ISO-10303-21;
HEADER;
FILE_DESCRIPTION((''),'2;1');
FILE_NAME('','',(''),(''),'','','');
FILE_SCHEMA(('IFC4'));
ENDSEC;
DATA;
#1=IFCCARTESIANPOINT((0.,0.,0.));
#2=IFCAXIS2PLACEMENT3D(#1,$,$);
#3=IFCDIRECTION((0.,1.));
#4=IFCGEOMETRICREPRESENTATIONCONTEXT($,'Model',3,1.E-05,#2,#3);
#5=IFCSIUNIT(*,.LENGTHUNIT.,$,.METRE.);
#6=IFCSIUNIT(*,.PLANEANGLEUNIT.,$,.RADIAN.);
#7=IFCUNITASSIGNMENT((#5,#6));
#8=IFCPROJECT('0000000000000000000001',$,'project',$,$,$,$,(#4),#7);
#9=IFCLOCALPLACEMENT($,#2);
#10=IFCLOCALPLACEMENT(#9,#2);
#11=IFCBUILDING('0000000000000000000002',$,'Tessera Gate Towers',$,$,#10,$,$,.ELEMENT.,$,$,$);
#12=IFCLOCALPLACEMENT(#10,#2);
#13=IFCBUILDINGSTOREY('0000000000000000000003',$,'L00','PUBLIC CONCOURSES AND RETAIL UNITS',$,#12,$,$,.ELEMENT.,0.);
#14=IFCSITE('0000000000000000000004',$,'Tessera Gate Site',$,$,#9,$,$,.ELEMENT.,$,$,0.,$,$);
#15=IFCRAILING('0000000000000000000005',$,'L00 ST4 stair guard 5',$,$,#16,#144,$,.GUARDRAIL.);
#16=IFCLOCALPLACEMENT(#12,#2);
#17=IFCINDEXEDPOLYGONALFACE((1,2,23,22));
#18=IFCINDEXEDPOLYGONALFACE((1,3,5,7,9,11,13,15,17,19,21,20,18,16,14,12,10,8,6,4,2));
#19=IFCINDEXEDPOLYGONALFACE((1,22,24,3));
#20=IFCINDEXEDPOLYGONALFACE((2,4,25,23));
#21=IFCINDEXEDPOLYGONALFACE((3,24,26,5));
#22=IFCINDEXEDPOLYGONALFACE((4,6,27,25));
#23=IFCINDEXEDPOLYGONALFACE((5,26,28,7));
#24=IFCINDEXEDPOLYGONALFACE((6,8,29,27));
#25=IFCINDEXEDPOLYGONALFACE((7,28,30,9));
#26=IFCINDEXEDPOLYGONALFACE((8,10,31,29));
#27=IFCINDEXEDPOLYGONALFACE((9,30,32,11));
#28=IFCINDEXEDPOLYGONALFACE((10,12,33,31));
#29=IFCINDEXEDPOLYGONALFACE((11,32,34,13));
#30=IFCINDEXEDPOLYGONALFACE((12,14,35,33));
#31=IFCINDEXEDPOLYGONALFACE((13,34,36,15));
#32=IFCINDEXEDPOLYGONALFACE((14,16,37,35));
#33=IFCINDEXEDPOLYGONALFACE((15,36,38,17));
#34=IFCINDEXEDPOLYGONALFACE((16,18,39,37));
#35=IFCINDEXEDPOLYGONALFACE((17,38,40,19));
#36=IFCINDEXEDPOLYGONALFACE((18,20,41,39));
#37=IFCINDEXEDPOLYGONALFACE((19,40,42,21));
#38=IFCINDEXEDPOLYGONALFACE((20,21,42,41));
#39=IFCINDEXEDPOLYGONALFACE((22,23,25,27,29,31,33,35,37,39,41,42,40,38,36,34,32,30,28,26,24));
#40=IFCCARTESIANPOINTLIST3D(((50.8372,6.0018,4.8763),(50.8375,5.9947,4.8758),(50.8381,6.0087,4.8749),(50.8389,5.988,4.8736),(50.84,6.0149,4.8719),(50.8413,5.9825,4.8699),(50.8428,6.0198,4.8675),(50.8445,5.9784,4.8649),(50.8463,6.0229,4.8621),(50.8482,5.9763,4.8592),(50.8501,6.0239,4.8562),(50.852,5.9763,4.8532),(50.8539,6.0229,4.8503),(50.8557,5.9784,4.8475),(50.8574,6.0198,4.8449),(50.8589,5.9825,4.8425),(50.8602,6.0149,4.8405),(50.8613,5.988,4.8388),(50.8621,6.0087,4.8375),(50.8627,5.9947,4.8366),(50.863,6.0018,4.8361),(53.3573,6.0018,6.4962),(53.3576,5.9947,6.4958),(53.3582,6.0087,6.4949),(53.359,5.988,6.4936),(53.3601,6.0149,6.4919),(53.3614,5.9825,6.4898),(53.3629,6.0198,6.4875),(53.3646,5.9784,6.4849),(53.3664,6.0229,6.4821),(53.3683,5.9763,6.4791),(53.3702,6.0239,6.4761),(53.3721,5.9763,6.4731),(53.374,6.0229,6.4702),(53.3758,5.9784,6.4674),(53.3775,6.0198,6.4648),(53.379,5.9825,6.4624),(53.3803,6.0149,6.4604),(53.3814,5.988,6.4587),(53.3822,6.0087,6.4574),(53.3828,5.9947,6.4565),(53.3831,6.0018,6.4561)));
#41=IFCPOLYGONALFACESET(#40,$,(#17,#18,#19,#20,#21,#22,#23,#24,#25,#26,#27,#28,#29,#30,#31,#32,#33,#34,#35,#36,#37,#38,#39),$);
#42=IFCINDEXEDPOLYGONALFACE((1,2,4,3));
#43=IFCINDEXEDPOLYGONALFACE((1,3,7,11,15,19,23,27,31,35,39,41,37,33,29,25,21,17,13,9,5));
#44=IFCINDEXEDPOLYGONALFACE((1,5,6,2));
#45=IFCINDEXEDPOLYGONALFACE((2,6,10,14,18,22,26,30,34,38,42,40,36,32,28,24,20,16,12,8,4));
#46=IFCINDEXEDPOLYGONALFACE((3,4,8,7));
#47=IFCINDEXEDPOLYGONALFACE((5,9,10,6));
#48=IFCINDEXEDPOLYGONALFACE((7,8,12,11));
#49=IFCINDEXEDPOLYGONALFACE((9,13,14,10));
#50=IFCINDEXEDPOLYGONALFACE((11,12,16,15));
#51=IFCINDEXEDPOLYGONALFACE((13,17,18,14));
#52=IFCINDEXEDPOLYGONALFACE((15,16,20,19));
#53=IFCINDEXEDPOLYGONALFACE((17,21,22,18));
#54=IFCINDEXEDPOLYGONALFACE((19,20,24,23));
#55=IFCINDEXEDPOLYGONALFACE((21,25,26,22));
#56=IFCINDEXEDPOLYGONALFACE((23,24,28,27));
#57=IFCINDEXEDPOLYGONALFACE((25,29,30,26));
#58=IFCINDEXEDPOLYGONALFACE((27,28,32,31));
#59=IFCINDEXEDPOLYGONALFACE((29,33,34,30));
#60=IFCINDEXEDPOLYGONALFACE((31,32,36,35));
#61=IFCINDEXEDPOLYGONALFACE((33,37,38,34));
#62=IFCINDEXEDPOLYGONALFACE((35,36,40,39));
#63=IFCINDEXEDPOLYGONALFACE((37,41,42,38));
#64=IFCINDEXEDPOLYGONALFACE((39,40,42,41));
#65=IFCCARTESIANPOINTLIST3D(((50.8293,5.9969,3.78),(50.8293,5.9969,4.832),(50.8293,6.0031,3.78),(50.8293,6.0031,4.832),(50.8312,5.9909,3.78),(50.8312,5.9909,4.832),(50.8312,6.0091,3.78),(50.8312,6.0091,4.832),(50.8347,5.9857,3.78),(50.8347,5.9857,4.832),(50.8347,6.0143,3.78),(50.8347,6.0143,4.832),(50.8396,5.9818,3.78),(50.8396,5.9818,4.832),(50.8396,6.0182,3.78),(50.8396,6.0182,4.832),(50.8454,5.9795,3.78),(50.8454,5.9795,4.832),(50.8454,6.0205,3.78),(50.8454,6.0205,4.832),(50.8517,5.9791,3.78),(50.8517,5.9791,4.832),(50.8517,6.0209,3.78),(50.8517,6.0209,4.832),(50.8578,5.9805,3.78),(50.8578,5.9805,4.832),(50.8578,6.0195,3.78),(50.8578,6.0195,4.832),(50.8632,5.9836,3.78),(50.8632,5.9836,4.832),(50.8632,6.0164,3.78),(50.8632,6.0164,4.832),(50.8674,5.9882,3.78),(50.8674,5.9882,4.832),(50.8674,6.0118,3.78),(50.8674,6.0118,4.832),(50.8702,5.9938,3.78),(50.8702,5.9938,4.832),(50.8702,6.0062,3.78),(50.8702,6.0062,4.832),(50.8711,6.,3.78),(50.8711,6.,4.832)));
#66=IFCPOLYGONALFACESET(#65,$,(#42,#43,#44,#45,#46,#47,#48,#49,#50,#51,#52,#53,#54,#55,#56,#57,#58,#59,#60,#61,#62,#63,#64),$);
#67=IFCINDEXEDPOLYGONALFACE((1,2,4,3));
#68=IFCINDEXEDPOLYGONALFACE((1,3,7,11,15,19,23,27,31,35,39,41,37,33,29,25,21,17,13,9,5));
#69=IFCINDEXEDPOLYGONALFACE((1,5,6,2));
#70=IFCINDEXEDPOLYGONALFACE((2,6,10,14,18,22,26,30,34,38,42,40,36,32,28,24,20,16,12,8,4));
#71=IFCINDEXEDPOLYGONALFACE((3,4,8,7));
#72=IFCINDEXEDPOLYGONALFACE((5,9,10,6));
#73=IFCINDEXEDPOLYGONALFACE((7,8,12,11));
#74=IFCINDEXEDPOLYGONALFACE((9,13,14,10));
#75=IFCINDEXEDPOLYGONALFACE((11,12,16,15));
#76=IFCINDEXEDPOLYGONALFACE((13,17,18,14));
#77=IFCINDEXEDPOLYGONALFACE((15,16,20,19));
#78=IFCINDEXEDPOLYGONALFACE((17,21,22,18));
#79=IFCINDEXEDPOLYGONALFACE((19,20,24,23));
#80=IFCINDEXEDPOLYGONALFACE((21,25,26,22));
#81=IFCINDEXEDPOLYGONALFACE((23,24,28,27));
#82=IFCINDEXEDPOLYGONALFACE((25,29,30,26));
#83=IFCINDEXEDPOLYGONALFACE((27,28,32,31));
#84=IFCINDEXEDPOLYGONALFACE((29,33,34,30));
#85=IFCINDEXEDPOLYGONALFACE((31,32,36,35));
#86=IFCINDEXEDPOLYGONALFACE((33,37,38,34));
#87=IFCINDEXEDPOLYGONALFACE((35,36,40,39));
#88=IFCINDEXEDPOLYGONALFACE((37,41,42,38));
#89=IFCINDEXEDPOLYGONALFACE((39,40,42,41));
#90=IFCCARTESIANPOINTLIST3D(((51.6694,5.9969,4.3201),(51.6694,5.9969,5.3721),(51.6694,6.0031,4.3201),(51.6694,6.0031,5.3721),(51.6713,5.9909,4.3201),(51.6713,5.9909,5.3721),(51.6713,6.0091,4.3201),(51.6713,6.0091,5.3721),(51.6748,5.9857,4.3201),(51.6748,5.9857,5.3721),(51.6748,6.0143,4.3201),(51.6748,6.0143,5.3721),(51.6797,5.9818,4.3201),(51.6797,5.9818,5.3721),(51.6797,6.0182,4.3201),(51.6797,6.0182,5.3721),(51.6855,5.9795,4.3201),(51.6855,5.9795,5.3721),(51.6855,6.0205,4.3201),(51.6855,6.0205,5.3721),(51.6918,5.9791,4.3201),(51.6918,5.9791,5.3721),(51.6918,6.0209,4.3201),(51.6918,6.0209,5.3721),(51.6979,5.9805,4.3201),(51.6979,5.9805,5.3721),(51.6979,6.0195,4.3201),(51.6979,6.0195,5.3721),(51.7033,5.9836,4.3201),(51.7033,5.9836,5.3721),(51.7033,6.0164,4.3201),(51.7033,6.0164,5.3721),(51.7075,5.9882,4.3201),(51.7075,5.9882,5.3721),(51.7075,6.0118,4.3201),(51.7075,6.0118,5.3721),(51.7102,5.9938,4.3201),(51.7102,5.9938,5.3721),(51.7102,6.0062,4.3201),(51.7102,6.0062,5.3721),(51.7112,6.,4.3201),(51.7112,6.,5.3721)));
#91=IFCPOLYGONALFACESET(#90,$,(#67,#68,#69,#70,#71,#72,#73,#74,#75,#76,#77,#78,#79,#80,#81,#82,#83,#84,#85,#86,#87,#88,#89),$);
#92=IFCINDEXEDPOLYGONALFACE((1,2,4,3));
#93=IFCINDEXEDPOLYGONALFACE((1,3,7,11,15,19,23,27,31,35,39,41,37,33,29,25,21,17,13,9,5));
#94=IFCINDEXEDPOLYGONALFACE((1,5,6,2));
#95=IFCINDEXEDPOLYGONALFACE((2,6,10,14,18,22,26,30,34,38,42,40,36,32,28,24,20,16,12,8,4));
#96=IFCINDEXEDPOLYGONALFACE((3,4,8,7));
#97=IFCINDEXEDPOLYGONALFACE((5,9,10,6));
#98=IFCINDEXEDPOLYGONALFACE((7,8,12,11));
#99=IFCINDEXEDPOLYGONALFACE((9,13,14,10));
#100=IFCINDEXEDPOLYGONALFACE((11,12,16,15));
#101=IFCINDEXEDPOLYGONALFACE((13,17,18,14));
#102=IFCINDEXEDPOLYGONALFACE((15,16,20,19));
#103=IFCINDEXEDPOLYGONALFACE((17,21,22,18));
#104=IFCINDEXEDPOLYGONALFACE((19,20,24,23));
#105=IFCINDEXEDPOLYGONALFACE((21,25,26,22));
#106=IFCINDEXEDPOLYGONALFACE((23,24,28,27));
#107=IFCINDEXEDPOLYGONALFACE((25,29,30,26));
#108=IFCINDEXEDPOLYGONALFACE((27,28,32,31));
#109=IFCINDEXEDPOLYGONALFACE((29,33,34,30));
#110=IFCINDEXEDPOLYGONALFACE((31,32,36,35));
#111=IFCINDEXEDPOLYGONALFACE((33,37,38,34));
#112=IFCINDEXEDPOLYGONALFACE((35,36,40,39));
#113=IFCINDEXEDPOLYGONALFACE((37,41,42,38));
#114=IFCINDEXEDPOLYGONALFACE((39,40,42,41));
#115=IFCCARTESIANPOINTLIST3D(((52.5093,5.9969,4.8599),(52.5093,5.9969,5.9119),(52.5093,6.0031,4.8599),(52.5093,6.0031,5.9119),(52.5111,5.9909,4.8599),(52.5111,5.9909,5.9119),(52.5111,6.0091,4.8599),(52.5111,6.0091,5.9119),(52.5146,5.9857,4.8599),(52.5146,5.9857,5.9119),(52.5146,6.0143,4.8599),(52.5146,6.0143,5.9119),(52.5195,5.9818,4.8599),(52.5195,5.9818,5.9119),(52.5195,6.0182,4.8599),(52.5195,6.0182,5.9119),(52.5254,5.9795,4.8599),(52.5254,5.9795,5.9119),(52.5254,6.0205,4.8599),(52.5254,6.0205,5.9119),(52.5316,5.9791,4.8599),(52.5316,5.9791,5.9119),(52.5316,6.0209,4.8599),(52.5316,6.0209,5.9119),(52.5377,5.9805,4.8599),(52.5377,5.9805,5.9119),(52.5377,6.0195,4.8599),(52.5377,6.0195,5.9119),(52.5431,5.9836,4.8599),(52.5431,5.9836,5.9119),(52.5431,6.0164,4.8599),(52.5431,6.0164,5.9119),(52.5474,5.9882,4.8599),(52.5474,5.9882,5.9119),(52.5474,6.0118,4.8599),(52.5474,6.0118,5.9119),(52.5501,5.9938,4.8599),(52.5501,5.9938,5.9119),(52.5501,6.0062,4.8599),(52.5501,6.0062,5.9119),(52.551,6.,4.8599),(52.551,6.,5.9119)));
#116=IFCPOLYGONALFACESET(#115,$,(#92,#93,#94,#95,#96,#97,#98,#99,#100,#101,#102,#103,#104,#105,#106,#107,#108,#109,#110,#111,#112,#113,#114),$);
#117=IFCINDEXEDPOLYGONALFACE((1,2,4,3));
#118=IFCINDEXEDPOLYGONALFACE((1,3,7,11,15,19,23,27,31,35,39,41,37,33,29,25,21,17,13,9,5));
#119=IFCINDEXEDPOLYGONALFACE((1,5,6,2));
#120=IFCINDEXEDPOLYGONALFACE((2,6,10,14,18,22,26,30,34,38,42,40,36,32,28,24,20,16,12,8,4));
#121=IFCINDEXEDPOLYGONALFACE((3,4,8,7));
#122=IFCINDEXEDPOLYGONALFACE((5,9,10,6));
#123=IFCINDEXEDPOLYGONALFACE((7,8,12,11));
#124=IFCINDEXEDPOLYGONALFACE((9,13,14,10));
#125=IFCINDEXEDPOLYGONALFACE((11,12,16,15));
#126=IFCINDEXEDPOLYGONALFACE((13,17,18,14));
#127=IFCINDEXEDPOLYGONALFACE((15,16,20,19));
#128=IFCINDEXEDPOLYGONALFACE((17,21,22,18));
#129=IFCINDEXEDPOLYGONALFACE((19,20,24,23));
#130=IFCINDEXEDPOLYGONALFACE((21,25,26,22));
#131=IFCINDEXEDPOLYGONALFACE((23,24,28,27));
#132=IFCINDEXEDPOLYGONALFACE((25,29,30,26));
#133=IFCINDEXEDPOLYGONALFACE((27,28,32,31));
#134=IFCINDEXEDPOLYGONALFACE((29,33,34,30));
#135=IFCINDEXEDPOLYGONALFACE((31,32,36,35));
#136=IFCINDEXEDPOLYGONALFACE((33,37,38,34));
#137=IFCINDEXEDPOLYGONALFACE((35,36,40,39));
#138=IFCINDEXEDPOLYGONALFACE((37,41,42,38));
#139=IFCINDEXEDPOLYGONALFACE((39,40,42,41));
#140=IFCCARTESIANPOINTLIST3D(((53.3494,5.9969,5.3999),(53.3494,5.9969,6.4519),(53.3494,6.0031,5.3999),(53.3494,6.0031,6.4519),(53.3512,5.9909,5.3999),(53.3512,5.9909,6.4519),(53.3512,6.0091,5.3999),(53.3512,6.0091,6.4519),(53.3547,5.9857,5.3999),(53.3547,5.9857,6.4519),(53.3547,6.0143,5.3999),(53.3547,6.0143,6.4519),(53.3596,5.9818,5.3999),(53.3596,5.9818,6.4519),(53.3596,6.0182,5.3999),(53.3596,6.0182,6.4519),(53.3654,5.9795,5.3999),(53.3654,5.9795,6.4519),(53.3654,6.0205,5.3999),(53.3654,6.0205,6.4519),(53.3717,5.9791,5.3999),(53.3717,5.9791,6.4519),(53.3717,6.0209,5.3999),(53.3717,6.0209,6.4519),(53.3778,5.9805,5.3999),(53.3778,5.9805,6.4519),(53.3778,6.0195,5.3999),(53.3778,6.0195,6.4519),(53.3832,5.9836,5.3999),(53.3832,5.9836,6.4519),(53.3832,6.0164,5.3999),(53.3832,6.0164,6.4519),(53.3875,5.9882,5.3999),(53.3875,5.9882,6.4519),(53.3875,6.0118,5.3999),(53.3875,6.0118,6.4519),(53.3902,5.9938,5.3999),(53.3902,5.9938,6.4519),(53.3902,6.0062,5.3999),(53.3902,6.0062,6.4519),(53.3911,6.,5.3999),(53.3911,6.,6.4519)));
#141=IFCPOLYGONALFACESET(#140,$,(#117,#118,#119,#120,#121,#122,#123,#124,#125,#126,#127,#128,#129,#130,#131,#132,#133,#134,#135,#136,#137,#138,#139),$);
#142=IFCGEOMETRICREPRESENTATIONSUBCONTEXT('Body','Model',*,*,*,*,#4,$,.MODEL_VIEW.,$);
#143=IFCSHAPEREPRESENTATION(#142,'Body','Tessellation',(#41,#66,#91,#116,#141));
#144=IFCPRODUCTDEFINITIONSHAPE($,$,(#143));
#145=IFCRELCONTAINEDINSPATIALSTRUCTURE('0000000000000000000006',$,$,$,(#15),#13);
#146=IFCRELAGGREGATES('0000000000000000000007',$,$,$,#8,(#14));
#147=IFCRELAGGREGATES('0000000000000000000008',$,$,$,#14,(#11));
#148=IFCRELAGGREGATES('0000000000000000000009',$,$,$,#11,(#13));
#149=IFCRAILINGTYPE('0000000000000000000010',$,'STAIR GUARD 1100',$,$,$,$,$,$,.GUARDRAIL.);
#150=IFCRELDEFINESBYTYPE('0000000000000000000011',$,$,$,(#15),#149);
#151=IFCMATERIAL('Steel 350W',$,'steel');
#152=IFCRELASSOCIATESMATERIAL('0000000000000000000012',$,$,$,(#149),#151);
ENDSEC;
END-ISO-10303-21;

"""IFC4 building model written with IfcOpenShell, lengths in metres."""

from ifc_helpers import new_model, si_unit, direction, frame, origin, origin_2d, place, context, subcontext, project, spatial, circle, extrude, material, type_object, element, save


model = new_model("IFC4")

# Units and contexts
model_context = context("Model", 3, precision=1e-05, world=origin(), true_north=direction((0.0, 1.0)))
body_context = subcontext(model_context, "Body", "Model", "MODEL_VIEW")
ifc_project = project(units=[si_unit("LENGTHUNIT", "METRE"), si_unit("PLANEANGLEUNIT", "RADIAN")], contexts=[model_context])

# Site, building, storey
site_placement = place(None, origin())
site = spatial("IfcSite", under=ifc_project, at=site_placement, Name="Tessera Gate Site", CompositionType="ELEMENT", RefElevation=0.0)
building_placement = place(site_placement, origin())
building = spatial("IfcBuilding", under=site, at=building_placement, Name="Tessera Gate Towers", CompositionType="ELEMENT")
storey_placement = place(building_placement, origin())
storey = spatial("IfcBuildingStorey", under=building, at=storey_placement, Name="L00", Description="PUBLIC CONCOURSES AND RETAIL UNITS", CompositionType="ELEMENT", Elevation=0.0)

# Railing
ifc_material_1 = material(Name="Steel 350W", Category="steel")
railing_type_1 = type_object("IfcRailingType", Name="STAIR GUARD 1100", PredefinedType="GUARDRAIL", material=ifc_material_1)
railing_1_placement = place(storey_placement, frame((50.8501, 6.0, 3.78)))
element("IfcRailing", 1, at=railing_1_placement, inside=storey, type_object=railing_type_1, Name="L00 ST4 stair guard 5", PredefinedType="GUARDRAIL", context=body_context, shape_type="SweptSolid", body=[
    extrude(circle(Radius=0.0239, at=origin_2d()), frame((0.0, 0.0, 1.0762), z_axis=(0.8412, 0.0, 0.540725), x_axis=(0.0, 1.0, 0.0)), (0.0, 0.0, 1.0), 2.9958),
    extrude(circle(Radius=0.021, at=origin_2d()), origin(), (0.0, 0.0, 1.0), 1.052),
    extrude(circle(Radius=0.021, at=origin_2d()), frame((0.8401, 0.0, 0.54)), (0.0, 0.0, 1.0), 1.052),
    extrude(circle(Radius=0.021, at=origin_2d()), frame((1.6799, 0.0, 1.0798)), (0.0, 0.0, 1.0), 1.052),
    extrude(circle(Radius=0.021, at=origin_2d()), frame((2.52, 0.0, 1.6199)), (0.0, 0.0, 1.0), 1.052),
])

save(model, "model.ifc")
